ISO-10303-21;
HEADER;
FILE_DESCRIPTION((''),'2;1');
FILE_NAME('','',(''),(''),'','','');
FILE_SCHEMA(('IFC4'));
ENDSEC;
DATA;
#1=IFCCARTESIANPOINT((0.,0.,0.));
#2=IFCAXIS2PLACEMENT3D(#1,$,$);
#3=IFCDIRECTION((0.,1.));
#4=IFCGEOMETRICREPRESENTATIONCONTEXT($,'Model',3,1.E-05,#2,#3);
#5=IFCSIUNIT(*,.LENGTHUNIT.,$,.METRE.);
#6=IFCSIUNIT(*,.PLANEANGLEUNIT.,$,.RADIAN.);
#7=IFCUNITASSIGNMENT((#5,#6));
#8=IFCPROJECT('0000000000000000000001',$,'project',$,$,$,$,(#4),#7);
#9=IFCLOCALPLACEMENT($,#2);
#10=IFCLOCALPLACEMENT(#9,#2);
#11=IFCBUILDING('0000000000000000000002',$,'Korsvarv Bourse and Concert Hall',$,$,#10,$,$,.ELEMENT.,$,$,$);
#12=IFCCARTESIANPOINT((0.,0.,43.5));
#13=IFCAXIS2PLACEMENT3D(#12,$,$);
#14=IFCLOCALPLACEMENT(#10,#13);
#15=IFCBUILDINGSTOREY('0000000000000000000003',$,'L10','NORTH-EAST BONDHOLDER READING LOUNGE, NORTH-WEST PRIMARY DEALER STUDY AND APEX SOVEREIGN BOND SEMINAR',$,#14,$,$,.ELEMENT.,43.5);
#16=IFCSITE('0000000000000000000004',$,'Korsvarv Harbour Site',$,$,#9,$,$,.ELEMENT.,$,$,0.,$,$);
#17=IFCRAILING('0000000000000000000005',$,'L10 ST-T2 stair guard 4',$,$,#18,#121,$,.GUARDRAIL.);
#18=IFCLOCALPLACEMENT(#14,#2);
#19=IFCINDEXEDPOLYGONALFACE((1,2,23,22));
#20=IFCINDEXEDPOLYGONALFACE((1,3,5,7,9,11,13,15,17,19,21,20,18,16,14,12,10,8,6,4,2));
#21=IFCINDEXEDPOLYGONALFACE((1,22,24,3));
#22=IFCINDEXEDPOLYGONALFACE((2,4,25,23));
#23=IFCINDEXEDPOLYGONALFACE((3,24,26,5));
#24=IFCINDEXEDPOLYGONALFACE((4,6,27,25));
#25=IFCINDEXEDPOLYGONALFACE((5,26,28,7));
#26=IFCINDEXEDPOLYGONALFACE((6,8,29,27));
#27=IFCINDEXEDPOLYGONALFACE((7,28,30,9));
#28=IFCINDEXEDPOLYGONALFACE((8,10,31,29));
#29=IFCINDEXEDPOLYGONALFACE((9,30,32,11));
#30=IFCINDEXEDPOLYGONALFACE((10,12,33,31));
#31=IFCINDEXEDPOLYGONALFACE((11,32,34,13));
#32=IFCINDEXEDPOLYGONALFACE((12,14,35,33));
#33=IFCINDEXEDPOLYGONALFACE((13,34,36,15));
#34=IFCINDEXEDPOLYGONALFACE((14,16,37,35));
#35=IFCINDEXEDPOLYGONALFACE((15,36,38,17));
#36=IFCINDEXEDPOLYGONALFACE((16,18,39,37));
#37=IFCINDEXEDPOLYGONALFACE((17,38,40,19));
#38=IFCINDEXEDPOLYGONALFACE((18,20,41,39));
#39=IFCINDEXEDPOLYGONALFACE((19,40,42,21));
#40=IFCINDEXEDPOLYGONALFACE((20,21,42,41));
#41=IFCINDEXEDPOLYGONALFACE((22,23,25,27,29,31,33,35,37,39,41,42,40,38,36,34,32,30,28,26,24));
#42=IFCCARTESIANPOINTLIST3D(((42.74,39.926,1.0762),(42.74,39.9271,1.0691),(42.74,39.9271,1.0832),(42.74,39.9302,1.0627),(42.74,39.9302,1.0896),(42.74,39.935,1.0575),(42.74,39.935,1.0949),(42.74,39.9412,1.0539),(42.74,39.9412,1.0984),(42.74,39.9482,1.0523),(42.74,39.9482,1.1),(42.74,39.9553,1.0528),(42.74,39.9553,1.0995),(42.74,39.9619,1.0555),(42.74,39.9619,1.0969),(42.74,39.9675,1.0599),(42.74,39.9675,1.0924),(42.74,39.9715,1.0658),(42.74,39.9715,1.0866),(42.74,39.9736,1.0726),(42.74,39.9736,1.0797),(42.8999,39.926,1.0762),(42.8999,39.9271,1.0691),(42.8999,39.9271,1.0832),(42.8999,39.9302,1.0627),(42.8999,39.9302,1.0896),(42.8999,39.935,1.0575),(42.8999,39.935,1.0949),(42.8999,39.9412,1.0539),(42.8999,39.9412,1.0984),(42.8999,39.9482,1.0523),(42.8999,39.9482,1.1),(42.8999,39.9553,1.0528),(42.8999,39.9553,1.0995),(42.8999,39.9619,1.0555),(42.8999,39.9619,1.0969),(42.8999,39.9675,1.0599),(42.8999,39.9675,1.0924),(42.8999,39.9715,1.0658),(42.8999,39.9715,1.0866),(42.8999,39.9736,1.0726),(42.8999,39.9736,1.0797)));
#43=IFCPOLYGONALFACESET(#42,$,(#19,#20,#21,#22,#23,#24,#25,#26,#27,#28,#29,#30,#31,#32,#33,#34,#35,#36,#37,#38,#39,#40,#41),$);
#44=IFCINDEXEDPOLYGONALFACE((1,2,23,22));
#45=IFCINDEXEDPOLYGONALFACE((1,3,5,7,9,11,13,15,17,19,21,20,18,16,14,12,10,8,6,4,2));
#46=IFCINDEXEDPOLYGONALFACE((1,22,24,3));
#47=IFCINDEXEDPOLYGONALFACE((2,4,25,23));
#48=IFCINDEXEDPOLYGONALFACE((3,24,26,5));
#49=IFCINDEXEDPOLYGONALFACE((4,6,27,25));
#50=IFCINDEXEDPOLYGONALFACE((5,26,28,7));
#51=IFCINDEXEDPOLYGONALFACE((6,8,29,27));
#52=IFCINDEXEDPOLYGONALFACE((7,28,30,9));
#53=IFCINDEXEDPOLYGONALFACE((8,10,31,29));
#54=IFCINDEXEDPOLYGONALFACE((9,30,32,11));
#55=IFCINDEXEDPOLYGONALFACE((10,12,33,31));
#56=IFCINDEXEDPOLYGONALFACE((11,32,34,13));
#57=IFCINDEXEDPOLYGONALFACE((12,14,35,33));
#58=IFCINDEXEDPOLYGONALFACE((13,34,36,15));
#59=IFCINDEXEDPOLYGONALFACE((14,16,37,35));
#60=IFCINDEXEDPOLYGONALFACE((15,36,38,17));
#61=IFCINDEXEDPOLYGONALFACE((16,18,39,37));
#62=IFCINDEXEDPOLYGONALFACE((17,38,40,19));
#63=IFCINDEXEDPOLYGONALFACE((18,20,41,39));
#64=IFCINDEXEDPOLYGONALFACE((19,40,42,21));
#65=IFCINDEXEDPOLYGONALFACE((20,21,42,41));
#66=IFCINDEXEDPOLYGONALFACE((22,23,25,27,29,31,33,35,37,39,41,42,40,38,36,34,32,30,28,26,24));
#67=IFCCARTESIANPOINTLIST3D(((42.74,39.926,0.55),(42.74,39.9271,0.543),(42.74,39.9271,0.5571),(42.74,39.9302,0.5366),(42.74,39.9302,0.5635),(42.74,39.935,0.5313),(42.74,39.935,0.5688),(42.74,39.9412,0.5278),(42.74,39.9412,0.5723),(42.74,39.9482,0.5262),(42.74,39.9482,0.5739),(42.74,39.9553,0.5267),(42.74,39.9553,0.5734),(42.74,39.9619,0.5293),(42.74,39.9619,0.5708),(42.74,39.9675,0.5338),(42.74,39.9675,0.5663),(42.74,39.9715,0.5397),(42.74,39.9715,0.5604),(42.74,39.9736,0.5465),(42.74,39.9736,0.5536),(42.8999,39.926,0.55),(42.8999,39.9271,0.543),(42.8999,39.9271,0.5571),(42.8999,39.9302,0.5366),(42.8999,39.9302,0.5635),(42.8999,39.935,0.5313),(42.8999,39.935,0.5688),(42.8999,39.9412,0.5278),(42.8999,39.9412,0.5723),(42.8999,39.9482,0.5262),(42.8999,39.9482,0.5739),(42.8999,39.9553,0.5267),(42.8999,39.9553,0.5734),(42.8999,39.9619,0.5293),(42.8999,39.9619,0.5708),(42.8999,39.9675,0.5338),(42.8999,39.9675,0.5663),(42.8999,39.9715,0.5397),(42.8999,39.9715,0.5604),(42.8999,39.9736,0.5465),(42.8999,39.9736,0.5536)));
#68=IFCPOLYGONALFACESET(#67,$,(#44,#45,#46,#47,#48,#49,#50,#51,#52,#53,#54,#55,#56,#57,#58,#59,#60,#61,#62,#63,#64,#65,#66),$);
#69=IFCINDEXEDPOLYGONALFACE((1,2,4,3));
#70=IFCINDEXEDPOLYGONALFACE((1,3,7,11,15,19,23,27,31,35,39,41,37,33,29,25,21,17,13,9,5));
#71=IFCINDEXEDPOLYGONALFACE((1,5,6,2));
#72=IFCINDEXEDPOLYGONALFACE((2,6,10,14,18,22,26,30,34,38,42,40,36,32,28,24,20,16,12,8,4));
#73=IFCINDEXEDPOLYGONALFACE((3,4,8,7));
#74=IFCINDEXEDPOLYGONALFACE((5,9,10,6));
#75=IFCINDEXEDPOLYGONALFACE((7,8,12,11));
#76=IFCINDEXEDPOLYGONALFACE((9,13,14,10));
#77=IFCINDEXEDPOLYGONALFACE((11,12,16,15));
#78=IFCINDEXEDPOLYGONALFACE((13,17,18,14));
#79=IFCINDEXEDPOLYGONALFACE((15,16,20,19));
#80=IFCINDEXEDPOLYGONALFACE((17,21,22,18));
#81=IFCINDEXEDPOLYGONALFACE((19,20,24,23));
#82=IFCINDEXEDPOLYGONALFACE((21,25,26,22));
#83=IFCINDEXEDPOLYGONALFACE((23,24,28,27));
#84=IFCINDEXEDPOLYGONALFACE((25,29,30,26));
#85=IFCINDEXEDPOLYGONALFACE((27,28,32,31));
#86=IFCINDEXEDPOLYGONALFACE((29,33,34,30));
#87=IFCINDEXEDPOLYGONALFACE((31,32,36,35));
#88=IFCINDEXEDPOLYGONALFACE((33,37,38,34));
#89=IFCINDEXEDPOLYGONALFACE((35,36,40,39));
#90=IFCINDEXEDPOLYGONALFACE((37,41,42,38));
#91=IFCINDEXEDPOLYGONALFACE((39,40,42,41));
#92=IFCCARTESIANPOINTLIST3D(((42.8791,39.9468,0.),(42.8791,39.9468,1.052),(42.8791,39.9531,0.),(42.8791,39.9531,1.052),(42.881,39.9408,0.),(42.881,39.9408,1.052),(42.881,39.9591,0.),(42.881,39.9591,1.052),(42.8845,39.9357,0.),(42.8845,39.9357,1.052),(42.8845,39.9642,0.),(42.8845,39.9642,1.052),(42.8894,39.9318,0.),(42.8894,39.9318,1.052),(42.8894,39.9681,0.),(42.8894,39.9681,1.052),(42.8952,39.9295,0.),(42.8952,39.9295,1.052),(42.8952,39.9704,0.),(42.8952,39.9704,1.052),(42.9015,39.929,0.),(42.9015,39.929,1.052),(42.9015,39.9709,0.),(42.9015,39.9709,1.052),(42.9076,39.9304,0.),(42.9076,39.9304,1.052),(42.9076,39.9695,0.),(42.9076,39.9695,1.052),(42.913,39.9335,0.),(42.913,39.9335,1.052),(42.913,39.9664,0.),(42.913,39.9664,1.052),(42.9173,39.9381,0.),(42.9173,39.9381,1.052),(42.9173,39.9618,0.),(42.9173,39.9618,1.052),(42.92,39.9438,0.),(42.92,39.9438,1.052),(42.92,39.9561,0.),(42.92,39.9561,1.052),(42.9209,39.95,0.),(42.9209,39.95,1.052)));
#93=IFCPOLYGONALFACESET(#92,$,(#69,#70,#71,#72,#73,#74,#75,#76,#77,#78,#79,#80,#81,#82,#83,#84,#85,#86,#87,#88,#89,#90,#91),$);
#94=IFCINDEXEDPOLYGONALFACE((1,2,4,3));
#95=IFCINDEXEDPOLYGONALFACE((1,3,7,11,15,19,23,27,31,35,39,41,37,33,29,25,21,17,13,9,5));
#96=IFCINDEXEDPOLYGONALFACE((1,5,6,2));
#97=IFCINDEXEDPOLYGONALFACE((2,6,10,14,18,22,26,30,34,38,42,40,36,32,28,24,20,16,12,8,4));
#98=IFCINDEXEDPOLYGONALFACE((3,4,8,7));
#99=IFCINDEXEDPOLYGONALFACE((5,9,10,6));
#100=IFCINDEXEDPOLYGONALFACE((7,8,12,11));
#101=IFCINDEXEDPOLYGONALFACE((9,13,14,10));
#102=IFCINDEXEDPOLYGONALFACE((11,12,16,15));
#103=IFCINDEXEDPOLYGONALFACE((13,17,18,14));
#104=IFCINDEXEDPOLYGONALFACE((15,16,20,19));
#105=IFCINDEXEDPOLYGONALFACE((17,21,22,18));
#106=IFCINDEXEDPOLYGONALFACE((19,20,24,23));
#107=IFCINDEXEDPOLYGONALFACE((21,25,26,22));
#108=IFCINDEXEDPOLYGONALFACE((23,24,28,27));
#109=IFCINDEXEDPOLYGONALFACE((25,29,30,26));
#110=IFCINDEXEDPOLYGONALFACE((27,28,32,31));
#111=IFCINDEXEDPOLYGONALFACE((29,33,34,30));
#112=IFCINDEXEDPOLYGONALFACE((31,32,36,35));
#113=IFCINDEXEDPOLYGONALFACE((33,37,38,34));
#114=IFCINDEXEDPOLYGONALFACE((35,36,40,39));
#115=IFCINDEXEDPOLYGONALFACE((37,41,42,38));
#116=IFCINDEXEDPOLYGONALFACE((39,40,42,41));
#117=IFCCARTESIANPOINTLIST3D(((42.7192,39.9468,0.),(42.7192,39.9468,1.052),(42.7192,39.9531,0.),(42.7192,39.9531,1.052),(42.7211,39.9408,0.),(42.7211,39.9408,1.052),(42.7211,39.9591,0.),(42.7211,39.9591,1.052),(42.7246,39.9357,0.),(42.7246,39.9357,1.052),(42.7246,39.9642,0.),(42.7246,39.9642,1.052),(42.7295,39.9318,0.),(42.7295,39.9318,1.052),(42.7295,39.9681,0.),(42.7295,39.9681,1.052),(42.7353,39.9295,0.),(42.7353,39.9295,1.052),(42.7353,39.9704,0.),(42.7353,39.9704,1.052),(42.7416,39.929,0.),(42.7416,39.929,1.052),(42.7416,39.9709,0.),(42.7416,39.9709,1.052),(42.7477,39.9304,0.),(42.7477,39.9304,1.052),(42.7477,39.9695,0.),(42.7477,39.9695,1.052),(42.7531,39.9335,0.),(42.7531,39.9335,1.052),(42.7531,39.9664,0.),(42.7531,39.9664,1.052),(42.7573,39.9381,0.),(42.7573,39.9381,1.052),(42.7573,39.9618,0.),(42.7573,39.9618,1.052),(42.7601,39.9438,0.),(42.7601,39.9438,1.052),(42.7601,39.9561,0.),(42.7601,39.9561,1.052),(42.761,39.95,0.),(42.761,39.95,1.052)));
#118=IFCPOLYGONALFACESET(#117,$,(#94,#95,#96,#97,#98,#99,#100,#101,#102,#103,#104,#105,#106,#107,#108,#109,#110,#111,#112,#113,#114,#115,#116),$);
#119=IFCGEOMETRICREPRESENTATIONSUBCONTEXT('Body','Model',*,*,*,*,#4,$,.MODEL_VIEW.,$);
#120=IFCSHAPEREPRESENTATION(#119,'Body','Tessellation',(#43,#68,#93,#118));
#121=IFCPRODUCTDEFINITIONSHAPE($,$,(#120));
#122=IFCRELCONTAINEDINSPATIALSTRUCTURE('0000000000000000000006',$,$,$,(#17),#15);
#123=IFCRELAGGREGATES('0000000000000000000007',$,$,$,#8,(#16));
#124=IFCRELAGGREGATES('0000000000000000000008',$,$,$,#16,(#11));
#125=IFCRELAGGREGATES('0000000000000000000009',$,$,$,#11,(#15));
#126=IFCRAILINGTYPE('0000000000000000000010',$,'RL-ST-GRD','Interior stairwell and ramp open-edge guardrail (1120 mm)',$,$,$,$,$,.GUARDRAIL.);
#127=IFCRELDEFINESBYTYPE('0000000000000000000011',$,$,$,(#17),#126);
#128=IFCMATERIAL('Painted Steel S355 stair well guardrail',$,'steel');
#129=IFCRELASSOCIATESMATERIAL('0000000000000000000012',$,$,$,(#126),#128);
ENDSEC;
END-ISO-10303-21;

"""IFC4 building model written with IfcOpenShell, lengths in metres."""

from ifc_helpers import new_model, si_unit, direction, frame, origin, origin_2d, place, context, subcontext, project, spatial, circle, extrude, material, type_object, element, save


model = new_model("IFC4")

# Units and contexts
model_context = context("Model", 3, precision=1e-05, world=origin(), true_north=direction((0.0, 1.0)))
body_context = subcontext(model_context, "Body", "Model", "MODEL_VIEW")
ifc_project = project(units=[si_unit("LENGTHUNIT", "METRE"), si_unit("PLANEANGLEUNIT", "RADIAN")], contexts=[model_context])

# Site, building, storey
site_placement = place(None, origin())
site = spatial("IfcSite", under=ifc_project, at=site_placement, Name="Korsvarv Harbour Site", CompositionType="ELEMENT", RefElevation=0.0)
building_placement = place(site_placement, origin())
building = spatial("IfcBuilding", under=site, at=building_placement, Name="Korsvarv Bourse and Concert Hall", CompositionType="ELEMENT")
storey_placement = place(building_placement, frame((0.0, 0.0, 43.5)))
storey = spatial("IfcBuildingStorey", under=building, at=storey_placement, Name="L10", Description="NORTH-EAST BONDHOLDER READING LOUNGE, NORTH-WEST PRIMARY DEALER STUDY AND APEX SOVEREIGN BOND SEMINAR", CompositionType="ELEMENT", Elevation=43.5)

# Railing
ifc_material_1 = material(Name="Painted Steel S355 stair well guardrail", Category="steel")
railing_type_1 = type_object("IfcRailingType", Name="RL-ST-GRD", Description="Interior stairwell and ramp open-edge guardrail (1120 mm)", PredefinedType="GUARDRAIL", material=ifc_material_1)
railing_1_placement = place(storey_placement, frame((42.8999, 39.95, 0.0)))
element("IfcRailing", 1, at=railing_1_placement, inside=storey, type_object=railing_type_1, Name="L10 ST-T2 stair guard 4", PredefinedType="GUARDRAIL", context=body_context, shape_type="SweptSolid", body=[
    extrude(circle(Radius=0.0239, at=origin_2d()), frame((0.0, 0.0, 1.0762), z_axis=(-1.0, 0.0, 0.0), x_axis=(0.0, -1.0, 0.0)), (0.0, 0.0, 1.0), 0.1599),
    extrude(circle(Radius=0.0239, at=origin_2d()), frame((0.0, 0.0, 0.55), z_axis=(-1.0, 0.0, 0.0), x_axis=(0.0, -1.0, 0.0)), (0.0, 0.0, 1.0), 0.1599),
    extrude(circle(Radius=0.021, at=origin_2d()), origin(), (0.0, 0.0, 1.0), 1.052),
    extrude(circle(Radius=0.021, at=origin_2d()), frame((-0.1599, 0.0, 0.0)), (0.0, 0.0, 1.0), 1.052),
])

save(model, "model.ifc")
